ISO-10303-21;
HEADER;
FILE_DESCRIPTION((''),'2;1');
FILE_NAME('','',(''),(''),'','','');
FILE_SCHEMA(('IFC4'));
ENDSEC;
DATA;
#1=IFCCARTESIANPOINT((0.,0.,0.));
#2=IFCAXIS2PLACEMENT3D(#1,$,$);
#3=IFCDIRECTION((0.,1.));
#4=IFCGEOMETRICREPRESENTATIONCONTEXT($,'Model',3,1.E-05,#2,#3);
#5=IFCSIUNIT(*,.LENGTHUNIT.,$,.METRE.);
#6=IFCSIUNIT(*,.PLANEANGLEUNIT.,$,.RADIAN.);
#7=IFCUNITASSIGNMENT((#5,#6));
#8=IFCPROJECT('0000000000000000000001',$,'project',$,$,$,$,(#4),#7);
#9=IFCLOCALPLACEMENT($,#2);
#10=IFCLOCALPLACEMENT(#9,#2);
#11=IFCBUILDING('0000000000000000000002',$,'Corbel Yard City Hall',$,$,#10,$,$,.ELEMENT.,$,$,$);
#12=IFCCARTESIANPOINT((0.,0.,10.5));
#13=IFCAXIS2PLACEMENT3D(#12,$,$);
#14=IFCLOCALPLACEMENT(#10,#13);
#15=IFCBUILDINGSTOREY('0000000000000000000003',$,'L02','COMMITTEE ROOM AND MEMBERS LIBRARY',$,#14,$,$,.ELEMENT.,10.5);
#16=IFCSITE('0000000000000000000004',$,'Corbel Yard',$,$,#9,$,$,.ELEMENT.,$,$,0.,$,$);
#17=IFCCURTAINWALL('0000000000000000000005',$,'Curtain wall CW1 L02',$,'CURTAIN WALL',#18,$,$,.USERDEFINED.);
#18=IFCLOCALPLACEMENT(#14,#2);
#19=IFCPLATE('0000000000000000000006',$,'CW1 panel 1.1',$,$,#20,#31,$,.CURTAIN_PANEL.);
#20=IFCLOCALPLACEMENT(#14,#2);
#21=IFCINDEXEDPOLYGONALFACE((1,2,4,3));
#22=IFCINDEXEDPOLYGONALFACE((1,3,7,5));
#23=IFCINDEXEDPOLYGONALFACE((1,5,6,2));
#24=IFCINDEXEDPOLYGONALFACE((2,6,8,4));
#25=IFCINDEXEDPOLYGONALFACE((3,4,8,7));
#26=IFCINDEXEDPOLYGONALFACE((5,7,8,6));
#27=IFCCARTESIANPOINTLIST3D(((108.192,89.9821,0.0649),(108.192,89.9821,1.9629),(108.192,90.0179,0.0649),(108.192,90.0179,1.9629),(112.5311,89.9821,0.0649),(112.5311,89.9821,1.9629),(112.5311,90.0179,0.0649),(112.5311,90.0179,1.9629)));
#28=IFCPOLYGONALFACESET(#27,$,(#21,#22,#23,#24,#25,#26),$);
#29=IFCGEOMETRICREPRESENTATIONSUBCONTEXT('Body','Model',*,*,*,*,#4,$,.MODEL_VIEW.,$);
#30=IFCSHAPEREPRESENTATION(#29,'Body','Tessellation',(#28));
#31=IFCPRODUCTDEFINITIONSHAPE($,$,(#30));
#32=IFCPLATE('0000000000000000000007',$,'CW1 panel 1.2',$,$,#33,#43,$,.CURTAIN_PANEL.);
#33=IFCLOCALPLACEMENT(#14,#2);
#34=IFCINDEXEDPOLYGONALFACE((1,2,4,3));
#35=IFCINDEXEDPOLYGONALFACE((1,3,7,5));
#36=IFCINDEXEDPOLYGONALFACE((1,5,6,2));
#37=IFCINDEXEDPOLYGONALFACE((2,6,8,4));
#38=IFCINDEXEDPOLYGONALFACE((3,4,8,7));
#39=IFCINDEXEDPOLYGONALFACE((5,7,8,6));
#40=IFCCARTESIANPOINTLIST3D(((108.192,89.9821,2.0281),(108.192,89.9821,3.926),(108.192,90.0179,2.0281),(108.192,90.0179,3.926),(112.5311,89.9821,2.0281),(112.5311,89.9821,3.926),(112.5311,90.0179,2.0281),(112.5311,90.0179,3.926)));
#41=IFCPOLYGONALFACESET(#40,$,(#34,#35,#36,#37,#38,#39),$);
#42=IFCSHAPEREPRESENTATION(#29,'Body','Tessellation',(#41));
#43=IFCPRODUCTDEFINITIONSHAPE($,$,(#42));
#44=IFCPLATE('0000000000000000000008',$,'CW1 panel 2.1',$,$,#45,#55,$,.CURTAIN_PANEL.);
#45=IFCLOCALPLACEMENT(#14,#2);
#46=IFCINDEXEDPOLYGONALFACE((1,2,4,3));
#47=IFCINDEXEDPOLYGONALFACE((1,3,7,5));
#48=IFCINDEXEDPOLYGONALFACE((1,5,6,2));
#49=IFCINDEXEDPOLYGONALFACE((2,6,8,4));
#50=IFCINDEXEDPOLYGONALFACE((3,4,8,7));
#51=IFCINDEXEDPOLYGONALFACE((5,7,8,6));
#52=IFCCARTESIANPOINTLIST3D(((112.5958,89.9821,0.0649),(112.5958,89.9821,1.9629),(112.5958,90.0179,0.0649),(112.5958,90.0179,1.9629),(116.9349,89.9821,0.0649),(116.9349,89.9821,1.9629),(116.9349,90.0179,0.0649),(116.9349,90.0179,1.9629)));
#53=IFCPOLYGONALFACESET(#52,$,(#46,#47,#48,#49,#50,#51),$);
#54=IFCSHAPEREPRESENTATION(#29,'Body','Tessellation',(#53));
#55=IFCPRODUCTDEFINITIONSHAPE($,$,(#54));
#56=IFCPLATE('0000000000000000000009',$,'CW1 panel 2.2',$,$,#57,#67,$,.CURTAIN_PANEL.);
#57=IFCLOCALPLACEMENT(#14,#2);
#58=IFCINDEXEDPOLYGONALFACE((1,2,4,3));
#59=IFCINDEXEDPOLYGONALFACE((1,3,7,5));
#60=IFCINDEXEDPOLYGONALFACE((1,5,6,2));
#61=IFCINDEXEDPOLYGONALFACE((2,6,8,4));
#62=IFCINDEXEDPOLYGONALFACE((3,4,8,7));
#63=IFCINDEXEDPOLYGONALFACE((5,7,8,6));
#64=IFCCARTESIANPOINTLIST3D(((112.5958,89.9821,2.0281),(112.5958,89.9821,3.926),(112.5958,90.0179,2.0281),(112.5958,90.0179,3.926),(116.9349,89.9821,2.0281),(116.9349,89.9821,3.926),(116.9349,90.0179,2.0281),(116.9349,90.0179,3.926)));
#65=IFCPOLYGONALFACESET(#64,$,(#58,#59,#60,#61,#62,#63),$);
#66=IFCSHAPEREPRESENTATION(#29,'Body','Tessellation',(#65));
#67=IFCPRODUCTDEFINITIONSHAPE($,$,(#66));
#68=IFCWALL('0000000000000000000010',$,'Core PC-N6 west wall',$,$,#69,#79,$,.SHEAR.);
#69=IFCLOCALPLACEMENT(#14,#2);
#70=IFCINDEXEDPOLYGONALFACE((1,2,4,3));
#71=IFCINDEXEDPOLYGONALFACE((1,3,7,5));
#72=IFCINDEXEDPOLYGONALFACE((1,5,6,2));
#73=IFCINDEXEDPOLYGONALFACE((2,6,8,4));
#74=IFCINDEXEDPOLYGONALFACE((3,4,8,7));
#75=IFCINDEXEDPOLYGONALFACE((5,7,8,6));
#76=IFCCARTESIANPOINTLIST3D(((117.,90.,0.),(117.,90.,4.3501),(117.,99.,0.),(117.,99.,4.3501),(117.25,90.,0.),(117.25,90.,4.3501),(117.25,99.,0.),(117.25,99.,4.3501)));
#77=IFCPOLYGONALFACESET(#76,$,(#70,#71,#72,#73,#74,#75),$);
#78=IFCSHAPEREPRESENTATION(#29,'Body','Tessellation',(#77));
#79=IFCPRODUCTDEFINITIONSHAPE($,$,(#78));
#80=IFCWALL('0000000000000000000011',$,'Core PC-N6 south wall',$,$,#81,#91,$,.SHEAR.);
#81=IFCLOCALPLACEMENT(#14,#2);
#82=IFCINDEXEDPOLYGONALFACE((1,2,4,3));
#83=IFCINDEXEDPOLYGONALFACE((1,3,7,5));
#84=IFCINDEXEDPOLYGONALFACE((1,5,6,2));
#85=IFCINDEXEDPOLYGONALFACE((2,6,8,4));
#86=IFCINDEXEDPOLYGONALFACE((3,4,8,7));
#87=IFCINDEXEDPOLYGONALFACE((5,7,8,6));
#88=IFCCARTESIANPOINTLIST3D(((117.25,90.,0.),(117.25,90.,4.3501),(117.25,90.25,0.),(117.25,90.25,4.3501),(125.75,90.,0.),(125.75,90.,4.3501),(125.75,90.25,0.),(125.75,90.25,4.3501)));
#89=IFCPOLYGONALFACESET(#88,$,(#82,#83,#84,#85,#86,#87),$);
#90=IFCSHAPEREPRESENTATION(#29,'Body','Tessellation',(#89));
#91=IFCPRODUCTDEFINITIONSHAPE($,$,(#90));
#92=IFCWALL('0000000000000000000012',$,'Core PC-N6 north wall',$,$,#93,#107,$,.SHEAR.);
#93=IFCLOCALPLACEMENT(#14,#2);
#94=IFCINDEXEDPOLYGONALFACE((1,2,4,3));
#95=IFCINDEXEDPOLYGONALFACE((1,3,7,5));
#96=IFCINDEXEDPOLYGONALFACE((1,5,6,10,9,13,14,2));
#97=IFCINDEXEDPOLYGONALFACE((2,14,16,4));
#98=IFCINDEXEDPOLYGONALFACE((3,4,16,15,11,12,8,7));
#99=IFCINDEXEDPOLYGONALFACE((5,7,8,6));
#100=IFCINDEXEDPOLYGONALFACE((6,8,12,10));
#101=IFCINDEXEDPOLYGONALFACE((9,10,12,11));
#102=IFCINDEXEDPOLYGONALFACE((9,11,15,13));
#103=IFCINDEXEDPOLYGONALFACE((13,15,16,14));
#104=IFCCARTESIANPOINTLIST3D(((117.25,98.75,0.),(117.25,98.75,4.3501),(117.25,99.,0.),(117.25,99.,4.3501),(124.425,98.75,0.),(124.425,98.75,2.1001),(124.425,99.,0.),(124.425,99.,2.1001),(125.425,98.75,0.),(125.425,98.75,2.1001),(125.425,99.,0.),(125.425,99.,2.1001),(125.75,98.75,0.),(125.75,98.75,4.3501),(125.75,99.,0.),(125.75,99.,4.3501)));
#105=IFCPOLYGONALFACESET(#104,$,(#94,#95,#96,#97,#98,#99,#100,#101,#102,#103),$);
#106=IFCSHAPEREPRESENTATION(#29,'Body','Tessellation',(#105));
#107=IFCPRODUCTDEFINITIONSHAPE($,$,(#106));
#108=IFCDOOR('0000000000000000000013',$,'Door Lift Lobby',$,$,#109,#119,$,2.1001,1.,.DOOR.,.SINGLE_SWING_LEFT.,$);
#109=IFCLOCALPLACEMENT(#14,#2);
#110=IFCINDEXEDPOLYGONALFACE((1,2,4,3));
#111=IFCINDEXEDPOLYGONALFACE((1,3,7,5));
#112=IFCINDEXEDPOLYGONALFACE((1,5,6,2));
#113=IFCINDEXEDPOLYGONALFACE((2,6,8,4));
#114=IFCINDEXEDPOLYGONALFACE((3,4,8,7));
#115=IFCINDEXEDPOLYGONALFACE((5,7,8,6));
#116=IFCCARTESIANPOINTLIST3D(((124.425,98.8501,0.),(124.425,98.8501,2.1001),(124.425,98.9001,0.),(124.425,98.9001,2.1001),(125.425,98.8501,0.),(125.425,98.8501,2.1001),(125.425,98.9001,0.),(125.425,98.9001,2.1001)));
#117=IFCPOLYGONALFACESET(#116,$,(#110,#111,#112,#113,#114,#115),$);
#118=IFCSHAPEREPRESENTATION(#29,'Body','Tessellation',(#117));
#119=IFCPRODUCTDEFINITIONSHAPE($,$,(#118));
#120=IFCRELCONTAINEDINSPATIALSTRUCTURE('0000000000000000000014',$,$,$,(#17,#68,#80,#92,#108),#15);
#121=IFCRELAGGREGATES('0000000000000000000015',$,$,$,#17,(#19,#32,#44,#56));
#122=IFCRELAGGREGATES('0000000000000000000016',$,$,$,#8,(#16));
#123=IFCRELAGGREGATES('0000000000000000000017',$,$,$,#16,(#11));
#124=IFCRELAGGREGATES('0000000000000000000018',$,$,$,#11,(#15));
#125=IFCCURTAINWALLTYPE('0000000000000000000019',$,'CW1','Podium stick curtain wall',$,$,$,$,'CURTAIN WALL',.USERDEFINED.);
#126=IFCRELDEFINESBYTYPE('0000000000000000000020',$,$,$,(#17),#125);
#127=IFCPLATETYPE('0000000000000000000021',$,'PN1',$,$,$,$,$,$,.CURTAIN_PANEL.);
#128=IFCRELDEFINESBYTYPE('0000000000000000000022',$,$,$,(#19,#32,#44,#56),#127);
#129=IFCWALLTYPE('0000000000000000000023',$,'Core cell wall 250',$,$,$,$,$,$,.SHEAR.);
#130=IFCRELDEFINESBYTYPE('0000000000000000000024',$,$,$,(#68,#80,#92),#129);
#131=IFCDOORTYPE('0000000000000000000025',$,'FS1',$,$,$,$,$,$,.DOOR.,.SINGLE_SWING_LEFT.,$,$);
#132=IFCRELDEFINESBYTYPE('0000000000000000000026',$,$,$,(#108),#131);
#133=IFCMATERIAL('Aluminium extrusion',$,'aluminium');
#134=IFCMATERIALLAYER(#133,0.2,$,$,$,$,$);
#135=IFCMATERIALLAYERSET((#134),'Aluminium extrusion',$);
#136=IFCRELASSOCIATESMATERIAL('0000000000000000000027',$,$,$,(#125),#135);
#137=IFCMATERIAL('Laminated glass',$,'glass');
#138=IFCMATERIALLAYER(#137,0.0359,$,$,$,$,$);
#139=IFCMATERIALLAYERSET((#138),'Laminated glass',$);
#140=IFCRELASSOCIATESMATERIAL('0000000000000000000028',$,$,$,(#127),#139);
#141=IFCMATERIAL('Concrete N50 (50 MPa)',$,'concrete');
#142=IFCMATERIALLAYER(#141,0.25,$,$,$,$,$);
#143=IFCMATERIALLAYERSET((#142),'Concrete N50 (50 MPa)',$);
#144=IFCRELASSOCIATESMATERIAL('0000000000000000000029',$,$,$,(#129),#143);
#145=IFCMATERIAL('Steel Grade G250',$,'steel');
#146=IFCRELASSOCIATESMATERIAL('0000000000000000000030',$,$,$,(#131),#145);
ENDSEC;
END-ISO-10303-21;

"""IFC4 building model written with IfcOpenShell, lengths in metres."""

from ifc_helpers import new_model, si_unit, direction, frame, frame_2d, origin, origin_2d, place, context, subcontext, project, spatial, rectangle, extrude, material, layer, layer_set, type_object, element, fill, aggregate, save


model = new_model("IFC4")

# Units and contexts
model_context = context("Model", 3, precision=1e-05, world=origin(), true_north=direction((0.0, 1.0)))
body_context = subcontext(model_context, "Body", "Model", "MODEL_VIEW")
ifc_project = project(units=[si_unit("LENGTHUNIT", "METRE"), si_unit("PLANEANGLEUNIT", "RADIAN")], contexts=[model_context])

# Site, building, storey
site_placement = place(None, origin())
site = spatial("IfcSite", under=ifc_project, at=site_placement, Name="Corbel Yard", CompositionType="ELEMENT", RefElevation=0.0)
building_placement = place(site_placement, origin())
building = spatial("IfcBuilding", under=site, at=building_placement, Name="Corbel Yard City Hall", CompositionType="ELEMENT")
storey_placement = place(building_placement, frame((0.0, 0.0, 10.5)))
storey = spatial("IfcBuildingStorey", under=building, at=storey_placement, Name="L02", Description="COMMITTEE ROOM AND MEMBERS LIBRARY", CompositionType="ELEMENT", Elevation=10.5)

# Curtain wall
ifc_material_1 = material(Name="Aluminium extrusion", Category="aluminium")
ifc_layer_1 = layer(ifc_material_1, 0.2)
ifc_layer_set_1 = layer_set([ifc_layer_1], Name="Aluminium extrusion")
curtain_wall_type = type_object("IfcCurtainWallType", Name="CW1", Description="Podium stick curtain wall", ElementType="CURTAIN WALL", PredefinedType="USERDEFINED", material=ifc_layer_set_1)
curtain_wall_placement = place(storey_placement, origin())
curtain_wall = element("IfcCurtainWall", 1, at=curtain_wall_placement, inside=storey, type_object=curtain_wall_type, Name="Curtain wall CW1 L02", ObjectType="CURTAIN WALL", PredefinedType="USERDEFINED")

# Plates
ifc_material_2 = material(Name="Laminated glass", Category="glass")
ifc_layer_2 = layer(ifc_material_2, 0.0359)
ifc_layer_set_2 = layer_set([ifc_layer_2], Name="Laminated glass")
plate_type = type_object("IfcPlateType", Name="PN1", PredefinedType="CURTAIN_PANEL", material=ifc_layer_set_2)
plate_1_placement = place(storey_placement, frame((110.3616, 90.0, 0.0649), z_axis=(0.0, 0.0, 1.0), x_axis=(1.0, 0.0, 0.0)))
plate_1 = element("IfcPlate", 2, at=plate_1_placement, type_object=plate_type, Name="CW1 panel 1.1", PredefinedType="CURTAIN_PANEL", context=body_context, shape_type="SweptSolid", body=[
    extrude(rectangle(XDim=4.3391, YDim=0.0359, at=origin_2d()), origin(), (0.0, 0.0, 1.0), 1.8979),
])
plate_2_placement = place(storey_placement, frame((110.3616, 90.0, 2.0281), z_axis=(0.0, 0.0, 1.0), x_axis=(1.0, 0.0, 0.0)))
plate_2 = element("IfcPlate", 3, at=plate_2_placement, type_object=plate_type, Name="CW1 panel 1.2", PredefinedType="CURTAIN_PANEL", context=body_context, shape_type="SweptSolid", body=[
    extrude(rectangle(XDim=4.3391, YDim=0.0359, at=origin_2d()), origin(), (0.0, 0.0, 1.0), 1.8979),
])
plate_3_placement = place(storey_placement, frame((114.7654, 90.0, 0.0649), z_axis=(0.0, 0.0, 1.0), x_axis=(1.0, 0.0, 0.0)))
plate_3 = element("IfcPlate", 4, at=plate_3_placement, type_object=plate_type, Name="CW1 panel 2.1", PredefinedType="CURTAIN_PANEL", context=body_context, shape_type="SweptSolid", body=[
    extrude(rectangle(XDim=4.3391, YDim=0.0359, at=origin_2d()), origin(), (0.0, 0.0, 1.0), 1.8979),
])
plate_4_placement = place(storey_placement, frame((114.7654, 90.0, 2.0281), z_axis=(0.0, 0.0, 1.0), x_axis=(1.0, 0.0, 0.0)))
plate_4 = element("IfcPlate", 5, at=plate_4_placement, type_object=plate_type, Name="CW1 panel 2.2", PredefinedType="CURTAIN_PANEL", context=body_context, shape_type="SweptSolid", body=[
    extrude(rectangle(XDim=4.3391, YDim=0.0359, at=origin_2d()), origin(), (0.0, 0.0, 1.0), 1.8979),
])
aggregate(curtain_wall, [plate_1, plate_2, plate_3, plate_4])

# Walls
ifc_material_3 = material(Name="Concrete N50 (50 MPa)", Category="concrete")
ifc_layer_3 = layer(ifc_material_3, 0.25)
ifc_layer_set_3 = layer_set([ifc_layer_3], Name="Concrete N50 (50 MPa)")
wall_type_1 = type_object("IfcWallType", Name="Core cell wall 250", PredefinedType="SHEAR", material=ifc_layer_set_3)
wall_1_placement = place(storey_placement, frame((117.125, 90.0, 0.0), z_axis=(0.0, 0.0, 1.0), x_axis=(0.0, 1.0, 0.0)))
element("IfcWall", 6, at=wall_1_placement, inside=storey, type_object=wall_type_1, Name="Core PC-N6 west wall", PredefinedType="SHEAR", context=body_context, shape_type="SweptSolid", body=[
    extrude(rectangle(XDim=9.0, YDim=0.25, at=frame_2d((4.5, 0.0))), origin(), (0.0, 0.0, 1.0), 4.3501),
])
wall_2_placement = place(storey_placement, frame((117.25, 90.125, 0.0), z_axis=(0.0, 0.0, 1.0), x_axis=(1.0, 0.0, 0.0)))
element("IfcWall", 7, at=wall_2_placement, inside=storey, type_object=wall_type_1, Name="Core PC-N6 south wall", PredefinedType="SHEAR", context=body_context, shape_type="SweptSolid", body=[
    extrude(rectangle(XDim=8.5, YDim=0.25, at=frame_2d((4.25, 0.0))), origin(), (0.0, 0.0, 1.0), 4.3501),
])

# Wall, opening, door
wall_3_placement = place(storey_placement, frame((117.25, 98.875, 0.0), z_axis=(0.0, 0.0, 1.0), x_axis=(1.0, 0.0, 0.0)))
wall_3 = element("IfcWall", 8, at=wall_3_placement, inside=storey, type_object=wall_type_1, Name="Core PC-N6 north wall", PredefinedType="SHEAR", context=body_context, shape_type="SweptSolid", body=[
    extrude(rectangle(XDim=8.5, YDim=0.25, at=frame_2d((4.25, 0.0))), origin(), (0.0, 0.0, 1.0), 4.3501),
])
opening_1_placement = place(wall_3_placement, frame((7.175, 0.0, 0.0)))
opening_1 = element("IfcOpeningElement", 9, at=opening_1_placement, cuts=wall_3, PredefinedType="OPENING", context=body_context, shape_type="SweptSolid", body=[
    extrude(rectangle(XDim=1.0, YDim=2.1001, at=frame_2d((0.5, 1.05))), frame((0.0, 0.135, 0.0), z_axis=(0.0, -1.0, 0.0), x_axis=(1.0, 0.0, 0.0)), (0.0, 0.0, 1.0), 0.27),
])
ifc_material_4 = material(Name="Steel Grade G250", Category="steel")
door_type_1 = type_object("IfcDoorType", Name="FS1", OperationType="SINGLE_SWING_LEFT", PredefinedType="DOOR", material=ifc_material_4)
door_1_placement = place(opening_1_placement, frame((1.0, 0.0, 0.0), z_axis=(0.0, 0.0, 1.0), x_axis=(-1.0, 0.0, 0.0)))
door_1 = element("IfcDoor", 10, at=door_1_placement, inside=storey, type_object=door_type_1, Name="Door Lift Lobby", OperationType="SINGLE_SWING_LEFT", OverallHeight=2.1001, OverallWidth=1.0, PredefinedType="DOOR", context=body_context, shape_type="SweptSolid", body=[
    extrude(rectangle(XDim=1.0, YDim=2.1001, at=frame_2d((0.5, 1.05))), frame((0.0, 0.0249, 0.0), z_axis=(0.0, -1.0, 0.0), x_axis=(1.0, 0.0, 0.0)), (0.0, 0.0, 1.0), 0.05),
])
fill(opening_1, door_1)

save(model, "model.ifc")
